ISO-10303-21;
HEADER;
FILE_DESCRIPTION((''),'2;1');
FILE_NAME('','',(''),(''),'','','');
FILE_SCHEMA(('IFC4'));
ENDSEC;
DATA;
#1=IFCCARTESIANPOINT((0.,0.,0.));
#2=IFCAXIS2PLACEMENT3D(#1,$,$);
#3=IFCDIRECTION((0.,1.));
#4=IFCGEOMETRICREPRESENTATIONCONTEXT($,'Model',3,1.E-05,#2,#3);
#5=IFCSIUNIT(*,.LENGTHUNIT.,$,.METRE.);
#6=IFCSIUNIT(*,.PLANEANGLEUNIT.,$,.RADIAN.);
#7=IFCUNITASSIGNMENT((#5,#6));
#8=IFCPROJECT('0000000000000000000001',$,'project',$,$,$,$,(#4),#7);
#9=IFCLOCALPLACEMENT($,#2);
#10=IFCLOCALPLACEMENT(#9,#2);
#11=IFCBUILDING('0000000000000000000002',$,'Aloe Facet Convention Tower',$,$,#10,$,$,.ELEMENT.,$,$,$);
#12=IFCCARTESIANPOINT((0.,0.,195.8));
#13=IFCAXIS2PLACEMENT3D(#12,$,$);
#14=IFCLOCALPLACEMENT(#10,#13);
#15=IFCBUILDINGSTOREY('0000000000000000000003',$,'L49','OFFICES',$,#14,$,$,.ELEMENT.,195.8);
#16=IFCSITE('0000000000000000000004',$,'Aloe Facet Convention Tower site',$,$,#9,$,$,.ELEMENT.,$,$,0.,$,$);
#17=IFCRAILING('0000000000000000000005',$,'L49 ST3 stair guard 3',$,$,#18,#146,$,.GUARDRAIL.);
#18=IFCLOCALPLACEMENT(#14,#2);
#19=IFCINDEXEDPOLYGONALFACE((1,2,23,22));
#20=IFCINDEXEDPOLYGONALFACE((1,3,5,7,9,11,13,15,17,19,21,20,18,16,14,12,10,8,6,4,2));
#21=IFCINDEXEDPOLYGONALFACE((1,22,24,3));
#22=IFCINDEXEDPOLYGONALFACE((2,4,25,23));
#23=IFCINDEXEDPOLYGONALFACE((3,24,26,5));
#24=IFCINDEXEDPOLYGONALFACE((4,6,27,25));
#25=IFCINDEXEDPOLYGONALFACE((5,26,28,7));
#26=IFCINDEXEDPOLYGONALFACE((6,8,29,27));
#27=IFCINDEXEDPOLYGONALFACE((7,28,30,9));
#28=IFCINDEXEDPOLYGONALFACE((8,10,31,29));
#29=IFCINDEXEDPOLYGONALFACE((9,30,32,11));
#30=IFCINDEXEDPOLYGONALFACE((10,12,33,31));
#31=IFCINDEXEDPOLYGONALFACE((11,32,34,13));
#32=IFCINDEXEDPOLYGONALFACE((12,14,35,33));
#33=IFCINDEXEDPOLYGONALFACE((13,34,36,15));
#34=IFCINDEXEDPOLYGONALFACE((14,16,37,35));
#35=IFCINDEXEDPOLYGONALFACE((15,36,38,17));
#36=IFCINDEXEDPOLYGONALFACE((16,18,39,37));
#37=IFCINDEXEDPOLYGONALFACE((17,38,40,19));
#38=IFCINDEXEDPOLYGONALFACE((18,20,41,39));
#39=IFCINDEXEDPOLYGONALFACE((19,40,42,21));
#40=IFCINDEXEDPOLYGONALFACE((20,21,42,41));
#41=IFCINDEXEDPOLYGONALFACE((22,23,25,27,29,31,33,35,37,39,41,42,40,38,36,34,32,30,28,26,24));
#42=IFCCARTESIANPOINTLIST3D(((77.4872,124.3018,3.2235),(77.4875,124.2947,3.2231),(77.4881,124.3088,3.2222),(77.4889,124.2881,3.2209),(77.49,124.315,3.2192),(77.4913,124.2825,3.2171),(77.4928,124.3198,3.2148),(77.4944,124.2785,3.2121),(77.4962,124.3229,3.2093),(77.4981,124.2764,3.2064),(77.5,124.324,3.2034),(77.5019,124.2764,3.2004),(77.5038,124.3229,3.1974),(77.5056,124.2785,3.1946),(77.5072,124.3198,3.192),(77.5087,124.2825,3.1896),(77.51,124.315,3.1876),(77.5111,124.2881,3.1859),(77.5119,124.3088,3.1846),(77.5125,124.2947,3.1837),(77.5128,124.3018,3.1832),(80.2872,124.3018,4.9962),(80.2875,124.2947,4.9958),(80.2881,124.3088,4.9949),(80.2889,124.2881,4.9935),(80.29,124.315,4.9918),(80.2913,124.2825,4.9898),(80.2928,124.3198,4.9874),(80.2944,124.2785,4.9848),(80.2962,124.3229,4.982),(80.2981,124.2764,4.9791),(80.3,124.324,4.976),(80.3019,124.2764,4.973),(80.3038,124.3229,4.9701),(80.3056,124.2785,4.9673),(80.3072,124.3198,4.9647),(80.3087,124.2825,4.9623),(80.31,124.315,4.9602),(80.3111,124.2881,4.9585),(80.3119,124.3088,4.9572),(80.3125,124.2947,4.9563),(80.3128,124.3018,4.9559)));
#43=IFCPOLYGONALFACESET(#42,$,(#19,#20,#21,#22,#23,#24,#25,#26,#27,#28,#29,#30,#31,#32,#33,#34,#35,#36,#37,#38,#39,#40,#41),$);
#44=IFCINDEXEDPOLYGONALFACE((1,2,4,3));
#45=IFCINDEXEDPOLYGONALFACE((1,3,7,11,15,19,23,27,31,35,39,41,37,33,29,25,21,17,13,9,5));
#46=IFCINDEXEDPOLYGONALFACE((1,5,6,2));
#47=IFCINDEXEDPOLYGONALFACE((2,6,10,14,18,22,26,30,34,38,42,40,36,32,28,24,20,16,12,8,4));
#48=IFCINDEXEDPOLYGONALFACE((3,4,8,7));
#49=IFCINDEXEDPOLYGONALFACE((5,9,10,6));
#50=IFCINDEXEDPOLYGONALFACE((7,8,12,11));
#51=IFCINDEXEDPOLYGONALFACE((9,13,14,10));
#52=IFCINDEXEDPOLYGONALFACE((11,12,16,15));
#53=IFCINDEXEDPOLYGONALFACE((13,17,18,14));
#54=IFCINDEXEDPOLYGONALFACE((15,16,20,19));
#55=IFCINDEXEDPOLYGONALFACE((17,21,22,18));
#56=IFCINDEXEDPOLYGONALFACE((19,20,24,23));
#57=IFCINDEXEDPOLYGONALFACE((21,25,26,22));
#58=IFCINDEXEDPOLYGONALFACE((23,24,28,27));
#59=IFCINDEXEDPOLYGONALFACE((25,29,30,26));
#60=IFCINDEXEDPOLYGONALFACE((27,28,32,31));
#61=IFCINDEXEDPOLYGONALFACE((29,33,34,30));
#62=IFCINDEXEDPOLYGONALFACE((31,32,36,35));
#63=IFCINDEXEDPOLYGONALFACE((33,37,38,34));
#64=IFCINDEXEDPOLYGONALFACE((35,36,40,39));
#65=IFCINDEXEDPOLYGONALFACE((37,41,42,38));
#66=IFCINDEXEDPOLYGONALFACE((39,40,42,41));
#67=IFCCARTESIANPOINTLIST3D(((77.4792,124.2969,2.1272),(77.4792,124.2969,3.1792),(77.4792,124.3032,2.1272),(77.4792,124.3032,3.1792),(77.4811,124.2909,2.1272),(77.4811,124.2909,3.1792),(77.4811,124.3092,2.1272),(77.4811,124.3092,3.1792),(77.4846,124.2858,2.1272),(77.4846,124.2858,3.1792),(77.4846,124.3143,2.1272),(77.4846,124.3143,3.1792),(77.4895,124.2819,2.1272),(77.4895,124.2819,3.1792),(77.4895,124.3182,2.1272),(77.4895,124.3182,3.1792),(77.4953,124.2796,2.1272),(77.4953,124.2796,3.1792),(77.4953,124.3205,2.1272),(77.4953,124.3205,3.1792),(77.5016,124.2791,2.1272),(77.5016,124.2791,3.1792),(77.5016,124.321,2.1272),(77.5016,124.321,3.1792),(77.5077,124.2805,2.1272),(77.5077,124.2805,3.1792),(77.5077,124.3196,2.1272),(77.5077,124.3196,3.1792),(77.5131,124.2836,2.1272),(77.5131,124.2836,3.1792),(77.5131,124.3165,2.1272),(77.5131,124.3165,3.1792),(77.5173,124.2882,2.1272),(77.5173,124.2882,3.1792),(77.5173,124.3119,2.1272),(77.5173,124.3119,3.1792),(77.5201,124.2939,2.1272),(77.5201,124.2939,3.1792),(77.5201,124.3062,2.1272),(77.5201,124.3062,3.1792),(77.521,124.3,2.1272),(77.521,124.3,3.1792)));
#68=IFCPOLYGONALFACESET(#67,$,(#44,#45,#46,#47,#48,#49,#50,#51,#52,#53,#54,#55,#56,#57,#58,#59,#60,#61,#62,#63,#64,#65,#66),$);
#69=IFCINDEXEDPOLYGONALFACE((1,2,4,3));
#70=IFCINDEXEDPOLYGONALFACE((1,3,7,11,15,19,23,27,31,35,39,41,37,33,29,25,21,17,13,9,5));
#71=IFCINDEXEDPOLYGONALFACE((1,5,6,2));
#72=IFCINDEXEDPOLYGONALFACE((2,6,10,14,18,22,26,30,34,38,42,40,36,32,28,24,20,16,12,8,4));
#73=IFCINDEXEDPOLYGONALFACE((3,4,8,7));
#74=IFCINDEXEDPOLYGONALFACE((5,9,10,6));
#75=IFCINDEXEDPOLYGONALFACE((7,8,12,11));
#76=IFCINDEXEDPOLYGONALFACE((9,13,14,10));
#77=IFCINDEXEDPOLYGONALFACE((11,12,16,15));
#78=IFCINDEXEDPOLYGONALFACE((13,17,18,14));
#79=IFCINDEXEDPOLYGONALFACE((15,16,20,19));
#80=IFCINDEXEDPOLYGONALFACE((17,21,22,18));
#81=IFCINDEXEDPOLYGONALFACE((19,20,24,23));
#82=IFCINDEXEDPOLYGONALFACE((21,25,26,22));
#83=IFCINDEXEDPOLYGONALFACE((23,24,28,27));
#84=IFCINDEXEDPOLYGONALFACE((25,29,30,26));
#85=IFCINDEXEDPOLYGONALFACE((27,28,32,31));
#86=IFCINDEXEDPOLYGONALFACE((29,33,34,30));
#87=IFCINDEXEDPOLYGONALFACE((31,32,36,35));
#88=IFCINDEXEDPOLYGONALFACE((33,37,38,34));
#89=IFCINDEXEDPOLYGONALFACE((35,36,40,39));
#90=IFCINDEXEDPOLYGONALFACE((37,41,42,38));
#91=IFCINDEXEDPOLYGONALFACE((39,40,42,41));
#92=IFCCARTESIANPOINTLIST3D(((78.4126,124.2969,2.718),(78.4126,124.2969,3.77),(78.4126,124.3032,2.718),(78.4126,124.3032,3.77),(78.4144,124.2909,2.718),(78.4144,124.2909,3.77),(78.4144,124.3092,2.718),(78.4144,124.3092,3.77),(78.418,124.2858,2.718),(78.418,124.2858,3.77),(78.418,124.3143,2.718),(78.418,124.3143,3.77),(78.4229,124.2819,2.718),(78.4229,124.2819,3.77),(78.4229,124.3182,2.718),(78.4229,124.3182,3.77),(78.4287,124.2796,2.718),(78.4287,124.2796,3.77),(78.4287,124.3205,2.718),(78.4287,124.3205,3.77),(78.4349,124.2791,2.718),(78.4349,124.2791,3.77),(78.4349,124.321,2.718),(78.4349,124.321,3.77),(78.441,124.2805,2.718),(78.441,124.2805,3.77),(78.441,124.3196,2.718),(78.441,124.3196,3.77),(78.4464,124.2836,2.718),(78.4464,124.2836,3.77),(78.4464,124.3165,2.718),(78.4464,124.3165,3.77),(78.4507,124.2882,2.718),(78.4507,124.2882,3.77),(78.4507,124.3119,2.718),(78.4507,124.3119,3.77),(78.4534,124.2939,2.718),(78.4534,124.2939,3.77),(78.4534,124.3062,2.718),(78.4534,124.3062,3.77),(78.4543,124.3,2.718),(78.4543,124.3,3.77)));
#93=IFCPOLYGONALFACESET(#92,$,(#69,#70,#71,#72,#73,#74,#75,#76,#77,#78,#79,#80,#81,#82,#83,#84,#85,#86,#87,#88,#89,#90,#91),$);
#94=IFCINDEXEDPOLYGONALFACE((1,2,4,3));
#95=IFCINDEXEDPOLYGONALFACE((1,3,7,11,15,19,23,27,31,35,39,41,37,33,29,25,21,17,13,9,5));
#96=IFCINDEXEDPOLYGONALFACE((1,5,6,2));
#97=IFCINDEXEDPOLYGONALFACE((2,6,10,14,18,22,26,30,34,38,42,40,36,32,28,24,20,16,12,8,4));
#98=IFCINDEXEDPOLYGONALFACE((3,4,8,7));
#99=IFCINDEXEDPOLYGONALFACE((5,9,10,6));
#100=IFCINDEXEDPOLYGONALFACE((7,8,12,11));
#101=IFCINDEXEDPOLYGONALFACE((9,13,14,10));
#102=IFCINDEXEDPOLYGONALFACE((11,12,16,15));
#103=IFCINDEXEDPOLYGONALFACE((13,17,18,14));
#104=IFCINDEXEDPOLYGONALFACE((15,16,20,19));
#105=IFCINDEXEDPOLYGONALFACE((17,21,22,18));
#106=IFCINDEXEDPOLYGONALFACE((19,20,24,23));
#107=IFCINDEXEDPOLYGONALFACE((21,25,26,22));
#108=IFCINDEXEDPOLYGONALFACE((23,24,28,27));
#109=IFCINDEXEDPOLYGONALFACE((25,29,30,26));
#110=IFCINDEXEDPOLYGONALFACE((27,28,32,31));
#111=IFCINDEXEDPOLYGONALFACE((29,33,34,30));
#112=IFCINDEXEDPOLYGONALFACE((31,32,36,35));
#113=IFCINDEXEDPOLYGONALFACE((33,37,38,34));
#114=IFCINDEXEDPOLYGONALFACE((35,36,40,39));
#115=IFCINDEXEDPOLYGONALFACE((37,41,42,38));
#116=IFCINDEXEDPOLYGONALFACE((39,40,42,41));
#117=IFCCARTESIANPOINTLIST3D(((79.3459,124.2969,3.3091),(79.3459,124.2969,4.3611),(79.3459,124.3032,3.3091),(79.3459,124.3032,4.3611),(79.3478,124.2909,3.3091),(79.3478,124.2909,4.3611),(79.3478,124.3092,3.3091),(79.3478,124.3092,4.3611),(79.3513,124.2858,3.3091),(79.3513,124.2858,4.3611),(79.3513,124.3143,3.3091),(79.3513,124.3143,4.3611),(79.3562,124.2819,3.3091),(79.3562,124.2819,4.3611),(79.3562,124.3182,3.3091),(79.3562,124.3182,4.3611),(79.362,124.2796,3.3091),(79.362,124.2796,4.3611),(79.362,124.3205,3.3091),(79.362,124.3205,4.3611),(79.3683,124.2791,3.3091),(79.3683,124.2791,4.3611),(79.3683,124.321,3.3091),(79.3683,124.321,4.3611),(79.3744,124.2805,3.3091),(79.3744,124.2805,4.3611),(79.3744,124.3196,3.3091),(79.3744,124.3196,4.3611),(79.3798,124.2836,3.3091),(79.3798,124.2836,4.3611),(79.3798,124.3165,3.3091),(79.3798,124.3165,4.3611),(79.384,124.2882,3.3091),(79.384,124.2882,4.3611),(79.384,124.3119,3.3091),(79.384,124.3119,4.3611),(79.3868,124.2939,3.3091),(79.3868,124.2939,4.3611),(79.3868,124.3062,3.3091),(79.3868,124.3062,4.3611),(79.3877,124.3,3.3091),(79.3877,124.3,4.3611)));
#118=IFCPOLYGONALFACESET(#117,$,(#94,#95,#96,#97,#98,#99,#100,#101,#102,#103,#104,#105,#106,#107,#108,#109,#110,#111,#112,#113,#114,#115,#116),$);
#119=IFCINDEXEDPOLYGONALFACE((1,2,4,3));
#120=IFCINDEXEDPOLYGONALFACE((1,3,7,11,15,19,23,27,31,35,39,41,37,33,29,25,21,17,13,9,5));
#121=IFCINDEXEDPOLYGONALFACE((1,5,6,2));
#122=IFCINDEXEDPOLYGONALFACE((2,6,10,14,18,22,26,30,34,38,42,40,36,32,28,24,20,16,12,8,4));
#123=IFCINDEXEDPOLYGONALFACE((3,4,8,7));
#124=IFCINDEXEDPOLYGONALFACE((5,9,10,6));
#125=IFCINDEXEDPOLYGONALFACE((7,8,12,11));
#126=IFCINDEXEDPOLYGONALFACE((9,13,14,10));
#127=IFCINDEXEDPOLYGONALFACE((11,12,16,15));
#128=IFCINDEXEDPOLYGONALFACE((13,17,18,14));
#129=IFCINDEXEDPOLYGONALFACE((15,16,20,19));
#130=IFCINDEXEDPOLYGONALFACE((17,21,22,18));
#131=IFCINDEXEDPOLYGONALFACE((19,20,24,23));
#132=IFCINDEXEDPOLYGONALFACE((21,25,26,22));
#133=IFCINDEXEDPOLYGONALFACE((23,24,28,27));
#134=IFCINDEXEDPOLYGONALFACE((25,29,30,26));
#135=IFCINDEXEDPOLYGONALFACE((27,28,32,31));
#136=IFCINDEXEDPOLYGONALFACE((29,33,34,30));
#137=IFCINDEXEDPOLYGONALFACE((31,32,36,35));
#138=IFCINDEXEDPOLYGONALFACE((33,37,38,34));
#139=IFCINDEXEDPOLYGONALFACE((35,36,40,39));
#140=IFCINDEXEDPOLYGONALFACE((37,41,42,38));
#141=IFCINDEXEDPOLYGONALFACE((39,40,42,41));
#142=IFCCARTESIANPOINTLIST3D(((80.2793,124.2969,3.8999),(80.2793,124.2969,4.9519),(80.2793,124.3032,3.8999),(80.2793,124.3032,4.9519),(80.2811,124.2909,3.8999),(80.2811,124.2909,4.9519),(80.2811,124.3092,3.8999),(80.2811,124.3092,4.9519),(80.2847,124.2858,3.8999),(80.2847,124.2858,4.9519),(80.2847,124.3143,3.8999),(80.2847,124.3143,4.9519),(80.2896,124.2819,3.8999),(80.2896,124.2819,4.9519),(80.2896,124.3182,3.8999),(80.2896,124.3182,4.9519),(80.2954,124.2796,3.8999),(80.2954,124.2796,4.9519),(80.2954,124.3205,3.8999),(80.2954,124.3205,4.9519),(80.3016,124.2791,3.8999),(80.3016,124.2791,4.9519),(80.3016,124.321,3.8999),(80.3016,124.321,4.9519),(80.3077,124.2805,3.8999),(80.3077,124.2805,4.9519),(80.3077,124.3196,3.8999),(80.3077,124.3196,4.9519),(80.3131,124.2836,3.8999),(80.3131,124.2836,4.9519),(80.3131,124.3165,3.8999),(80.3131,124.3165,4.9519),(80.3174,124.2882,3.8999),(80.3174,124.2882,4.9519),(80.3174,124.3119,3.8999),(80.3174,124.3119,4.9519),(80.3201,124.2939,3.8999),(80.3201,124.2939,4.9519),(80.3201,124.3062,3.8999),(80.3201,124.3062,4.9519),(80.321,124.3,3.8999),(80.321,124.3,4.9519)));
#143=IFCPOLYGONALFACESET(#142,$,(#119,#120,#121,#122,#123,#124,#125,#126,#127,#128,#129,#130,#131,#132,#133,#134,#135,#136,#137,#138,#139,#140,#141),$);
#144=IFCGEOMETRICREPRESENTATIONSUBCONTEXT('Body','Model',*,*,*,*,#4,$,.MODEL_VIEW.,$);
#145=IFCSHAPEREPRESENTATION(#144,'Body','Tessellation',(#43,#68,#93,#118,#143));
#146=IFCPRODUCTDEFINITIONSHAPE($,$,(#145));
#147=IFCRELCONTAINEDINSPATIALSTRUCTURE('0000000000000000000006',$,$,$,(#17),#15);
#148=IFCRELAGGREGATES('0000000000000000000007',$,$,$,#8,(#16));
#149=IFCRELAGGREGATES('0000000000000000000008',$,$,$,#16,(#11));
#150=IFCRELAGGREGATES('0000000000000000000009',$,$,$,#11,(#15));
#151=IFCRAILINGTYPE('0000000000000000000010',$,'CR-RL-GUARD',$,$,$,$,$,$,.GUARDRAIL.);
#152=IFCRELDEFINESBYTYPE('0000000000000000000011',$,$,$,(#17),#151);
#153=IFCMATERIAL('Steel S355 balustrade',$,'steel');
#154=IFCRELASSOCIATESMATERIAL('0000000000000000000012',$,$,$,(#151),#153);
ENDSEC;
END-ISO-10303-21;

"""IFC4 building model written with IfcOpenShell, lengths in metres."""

from ifc_helpers import new_model, si_unit, direction, frame, origin, origin_2d, place, context, subcontext, project, spatial, circle, extrude, material, type_object, element, save


model = new_model("IFC4")

# Units and contexts
model_context = context("Model", 3, precision=1e-05, world=origin(), true_north=direction((0.0, 1.0)))
body_context = subcontext(model_context, "Body", "Model", "MODEL_VIEW")
ifc_project = project(units=[si_unit("LENGTHUNIT", "METRE"), si_unit("PLANEANGLEUNIT", "RADIAN")], contexts=[model_context])

# Site, building, storey
site_placement = place(None, origin())
site = spatial("IfcSite", under=ifc_project, at=site_placement, Name="Aloe Facet Convention Tower site", CompositionType="ELEMENT", RefElevation=0.0)
building_placement = place(site_placement, origin())
building = spatial("IfcBuilding", under=site, at=building_placement, Name="Aloe Facet Convention Tower", CompositionType="ELEMENT")
storey_placement = place(building_placement, frame((0.0, 0.0, 195.8)))
storey = spatial("IfcBuildingStorey", under=building, at=storey_placement, Name="L49", Description="OFFICES", CompositionType="ELEMENT", Elevation=195.8)

# Railing
ifc_material_1 = material(Name="Steel S355 balustrade", Category="steel")
railing_type_1 = type_object("IfcRailingType", Name="CR-RL-GUARD", PredefinedType="GUARDRAIL", material=ifc_material_1)
railing_1_placement = place(storey_placement, frame((77.5, 124.3, 2.1272)))
element("IfcRailing", 1, at=railing_1_placement, inside=storey, type_object=railing_type_1, Name="L49 ST3 stair guard 3", PredefinedType="GUARDRAIL", context=body_context, shape_type="SweptSolid", body=[
    extrude(circle(Radius=0.0239, at=origin_2d()), frame((0.0, 0.0, 1.0762), z_axis=(0.844909, 0.0, 0.53491), x_axis=(0.0, 1.0, 0.0)), (0.0, 0.0, 1.0), 3.314),
    extrude(circle(Radius=0.021, at=origin_2d()), origin(), (0.0, 0.0, 1.0), 1.052),
    extrude(circle(Radius=0.021, at=origin_2d()), frame((0.9333, 0.0, 0.5908)), (0.0, 0.0, 1.0), 1.052),
    extrude(circle(Radius=0.021, at=origin_2d()), frame((1.8667, 0.0, 1.1819)), (0.0, 0.0, 1.0), 1.052),
    extrude(circle(Radius=0.021, at=origin_2d()), frame((2.8, 0.0, 1.7727)), (0.0, 0.0, 1.0), 1.052),
])

save(model, "model.ifc")
